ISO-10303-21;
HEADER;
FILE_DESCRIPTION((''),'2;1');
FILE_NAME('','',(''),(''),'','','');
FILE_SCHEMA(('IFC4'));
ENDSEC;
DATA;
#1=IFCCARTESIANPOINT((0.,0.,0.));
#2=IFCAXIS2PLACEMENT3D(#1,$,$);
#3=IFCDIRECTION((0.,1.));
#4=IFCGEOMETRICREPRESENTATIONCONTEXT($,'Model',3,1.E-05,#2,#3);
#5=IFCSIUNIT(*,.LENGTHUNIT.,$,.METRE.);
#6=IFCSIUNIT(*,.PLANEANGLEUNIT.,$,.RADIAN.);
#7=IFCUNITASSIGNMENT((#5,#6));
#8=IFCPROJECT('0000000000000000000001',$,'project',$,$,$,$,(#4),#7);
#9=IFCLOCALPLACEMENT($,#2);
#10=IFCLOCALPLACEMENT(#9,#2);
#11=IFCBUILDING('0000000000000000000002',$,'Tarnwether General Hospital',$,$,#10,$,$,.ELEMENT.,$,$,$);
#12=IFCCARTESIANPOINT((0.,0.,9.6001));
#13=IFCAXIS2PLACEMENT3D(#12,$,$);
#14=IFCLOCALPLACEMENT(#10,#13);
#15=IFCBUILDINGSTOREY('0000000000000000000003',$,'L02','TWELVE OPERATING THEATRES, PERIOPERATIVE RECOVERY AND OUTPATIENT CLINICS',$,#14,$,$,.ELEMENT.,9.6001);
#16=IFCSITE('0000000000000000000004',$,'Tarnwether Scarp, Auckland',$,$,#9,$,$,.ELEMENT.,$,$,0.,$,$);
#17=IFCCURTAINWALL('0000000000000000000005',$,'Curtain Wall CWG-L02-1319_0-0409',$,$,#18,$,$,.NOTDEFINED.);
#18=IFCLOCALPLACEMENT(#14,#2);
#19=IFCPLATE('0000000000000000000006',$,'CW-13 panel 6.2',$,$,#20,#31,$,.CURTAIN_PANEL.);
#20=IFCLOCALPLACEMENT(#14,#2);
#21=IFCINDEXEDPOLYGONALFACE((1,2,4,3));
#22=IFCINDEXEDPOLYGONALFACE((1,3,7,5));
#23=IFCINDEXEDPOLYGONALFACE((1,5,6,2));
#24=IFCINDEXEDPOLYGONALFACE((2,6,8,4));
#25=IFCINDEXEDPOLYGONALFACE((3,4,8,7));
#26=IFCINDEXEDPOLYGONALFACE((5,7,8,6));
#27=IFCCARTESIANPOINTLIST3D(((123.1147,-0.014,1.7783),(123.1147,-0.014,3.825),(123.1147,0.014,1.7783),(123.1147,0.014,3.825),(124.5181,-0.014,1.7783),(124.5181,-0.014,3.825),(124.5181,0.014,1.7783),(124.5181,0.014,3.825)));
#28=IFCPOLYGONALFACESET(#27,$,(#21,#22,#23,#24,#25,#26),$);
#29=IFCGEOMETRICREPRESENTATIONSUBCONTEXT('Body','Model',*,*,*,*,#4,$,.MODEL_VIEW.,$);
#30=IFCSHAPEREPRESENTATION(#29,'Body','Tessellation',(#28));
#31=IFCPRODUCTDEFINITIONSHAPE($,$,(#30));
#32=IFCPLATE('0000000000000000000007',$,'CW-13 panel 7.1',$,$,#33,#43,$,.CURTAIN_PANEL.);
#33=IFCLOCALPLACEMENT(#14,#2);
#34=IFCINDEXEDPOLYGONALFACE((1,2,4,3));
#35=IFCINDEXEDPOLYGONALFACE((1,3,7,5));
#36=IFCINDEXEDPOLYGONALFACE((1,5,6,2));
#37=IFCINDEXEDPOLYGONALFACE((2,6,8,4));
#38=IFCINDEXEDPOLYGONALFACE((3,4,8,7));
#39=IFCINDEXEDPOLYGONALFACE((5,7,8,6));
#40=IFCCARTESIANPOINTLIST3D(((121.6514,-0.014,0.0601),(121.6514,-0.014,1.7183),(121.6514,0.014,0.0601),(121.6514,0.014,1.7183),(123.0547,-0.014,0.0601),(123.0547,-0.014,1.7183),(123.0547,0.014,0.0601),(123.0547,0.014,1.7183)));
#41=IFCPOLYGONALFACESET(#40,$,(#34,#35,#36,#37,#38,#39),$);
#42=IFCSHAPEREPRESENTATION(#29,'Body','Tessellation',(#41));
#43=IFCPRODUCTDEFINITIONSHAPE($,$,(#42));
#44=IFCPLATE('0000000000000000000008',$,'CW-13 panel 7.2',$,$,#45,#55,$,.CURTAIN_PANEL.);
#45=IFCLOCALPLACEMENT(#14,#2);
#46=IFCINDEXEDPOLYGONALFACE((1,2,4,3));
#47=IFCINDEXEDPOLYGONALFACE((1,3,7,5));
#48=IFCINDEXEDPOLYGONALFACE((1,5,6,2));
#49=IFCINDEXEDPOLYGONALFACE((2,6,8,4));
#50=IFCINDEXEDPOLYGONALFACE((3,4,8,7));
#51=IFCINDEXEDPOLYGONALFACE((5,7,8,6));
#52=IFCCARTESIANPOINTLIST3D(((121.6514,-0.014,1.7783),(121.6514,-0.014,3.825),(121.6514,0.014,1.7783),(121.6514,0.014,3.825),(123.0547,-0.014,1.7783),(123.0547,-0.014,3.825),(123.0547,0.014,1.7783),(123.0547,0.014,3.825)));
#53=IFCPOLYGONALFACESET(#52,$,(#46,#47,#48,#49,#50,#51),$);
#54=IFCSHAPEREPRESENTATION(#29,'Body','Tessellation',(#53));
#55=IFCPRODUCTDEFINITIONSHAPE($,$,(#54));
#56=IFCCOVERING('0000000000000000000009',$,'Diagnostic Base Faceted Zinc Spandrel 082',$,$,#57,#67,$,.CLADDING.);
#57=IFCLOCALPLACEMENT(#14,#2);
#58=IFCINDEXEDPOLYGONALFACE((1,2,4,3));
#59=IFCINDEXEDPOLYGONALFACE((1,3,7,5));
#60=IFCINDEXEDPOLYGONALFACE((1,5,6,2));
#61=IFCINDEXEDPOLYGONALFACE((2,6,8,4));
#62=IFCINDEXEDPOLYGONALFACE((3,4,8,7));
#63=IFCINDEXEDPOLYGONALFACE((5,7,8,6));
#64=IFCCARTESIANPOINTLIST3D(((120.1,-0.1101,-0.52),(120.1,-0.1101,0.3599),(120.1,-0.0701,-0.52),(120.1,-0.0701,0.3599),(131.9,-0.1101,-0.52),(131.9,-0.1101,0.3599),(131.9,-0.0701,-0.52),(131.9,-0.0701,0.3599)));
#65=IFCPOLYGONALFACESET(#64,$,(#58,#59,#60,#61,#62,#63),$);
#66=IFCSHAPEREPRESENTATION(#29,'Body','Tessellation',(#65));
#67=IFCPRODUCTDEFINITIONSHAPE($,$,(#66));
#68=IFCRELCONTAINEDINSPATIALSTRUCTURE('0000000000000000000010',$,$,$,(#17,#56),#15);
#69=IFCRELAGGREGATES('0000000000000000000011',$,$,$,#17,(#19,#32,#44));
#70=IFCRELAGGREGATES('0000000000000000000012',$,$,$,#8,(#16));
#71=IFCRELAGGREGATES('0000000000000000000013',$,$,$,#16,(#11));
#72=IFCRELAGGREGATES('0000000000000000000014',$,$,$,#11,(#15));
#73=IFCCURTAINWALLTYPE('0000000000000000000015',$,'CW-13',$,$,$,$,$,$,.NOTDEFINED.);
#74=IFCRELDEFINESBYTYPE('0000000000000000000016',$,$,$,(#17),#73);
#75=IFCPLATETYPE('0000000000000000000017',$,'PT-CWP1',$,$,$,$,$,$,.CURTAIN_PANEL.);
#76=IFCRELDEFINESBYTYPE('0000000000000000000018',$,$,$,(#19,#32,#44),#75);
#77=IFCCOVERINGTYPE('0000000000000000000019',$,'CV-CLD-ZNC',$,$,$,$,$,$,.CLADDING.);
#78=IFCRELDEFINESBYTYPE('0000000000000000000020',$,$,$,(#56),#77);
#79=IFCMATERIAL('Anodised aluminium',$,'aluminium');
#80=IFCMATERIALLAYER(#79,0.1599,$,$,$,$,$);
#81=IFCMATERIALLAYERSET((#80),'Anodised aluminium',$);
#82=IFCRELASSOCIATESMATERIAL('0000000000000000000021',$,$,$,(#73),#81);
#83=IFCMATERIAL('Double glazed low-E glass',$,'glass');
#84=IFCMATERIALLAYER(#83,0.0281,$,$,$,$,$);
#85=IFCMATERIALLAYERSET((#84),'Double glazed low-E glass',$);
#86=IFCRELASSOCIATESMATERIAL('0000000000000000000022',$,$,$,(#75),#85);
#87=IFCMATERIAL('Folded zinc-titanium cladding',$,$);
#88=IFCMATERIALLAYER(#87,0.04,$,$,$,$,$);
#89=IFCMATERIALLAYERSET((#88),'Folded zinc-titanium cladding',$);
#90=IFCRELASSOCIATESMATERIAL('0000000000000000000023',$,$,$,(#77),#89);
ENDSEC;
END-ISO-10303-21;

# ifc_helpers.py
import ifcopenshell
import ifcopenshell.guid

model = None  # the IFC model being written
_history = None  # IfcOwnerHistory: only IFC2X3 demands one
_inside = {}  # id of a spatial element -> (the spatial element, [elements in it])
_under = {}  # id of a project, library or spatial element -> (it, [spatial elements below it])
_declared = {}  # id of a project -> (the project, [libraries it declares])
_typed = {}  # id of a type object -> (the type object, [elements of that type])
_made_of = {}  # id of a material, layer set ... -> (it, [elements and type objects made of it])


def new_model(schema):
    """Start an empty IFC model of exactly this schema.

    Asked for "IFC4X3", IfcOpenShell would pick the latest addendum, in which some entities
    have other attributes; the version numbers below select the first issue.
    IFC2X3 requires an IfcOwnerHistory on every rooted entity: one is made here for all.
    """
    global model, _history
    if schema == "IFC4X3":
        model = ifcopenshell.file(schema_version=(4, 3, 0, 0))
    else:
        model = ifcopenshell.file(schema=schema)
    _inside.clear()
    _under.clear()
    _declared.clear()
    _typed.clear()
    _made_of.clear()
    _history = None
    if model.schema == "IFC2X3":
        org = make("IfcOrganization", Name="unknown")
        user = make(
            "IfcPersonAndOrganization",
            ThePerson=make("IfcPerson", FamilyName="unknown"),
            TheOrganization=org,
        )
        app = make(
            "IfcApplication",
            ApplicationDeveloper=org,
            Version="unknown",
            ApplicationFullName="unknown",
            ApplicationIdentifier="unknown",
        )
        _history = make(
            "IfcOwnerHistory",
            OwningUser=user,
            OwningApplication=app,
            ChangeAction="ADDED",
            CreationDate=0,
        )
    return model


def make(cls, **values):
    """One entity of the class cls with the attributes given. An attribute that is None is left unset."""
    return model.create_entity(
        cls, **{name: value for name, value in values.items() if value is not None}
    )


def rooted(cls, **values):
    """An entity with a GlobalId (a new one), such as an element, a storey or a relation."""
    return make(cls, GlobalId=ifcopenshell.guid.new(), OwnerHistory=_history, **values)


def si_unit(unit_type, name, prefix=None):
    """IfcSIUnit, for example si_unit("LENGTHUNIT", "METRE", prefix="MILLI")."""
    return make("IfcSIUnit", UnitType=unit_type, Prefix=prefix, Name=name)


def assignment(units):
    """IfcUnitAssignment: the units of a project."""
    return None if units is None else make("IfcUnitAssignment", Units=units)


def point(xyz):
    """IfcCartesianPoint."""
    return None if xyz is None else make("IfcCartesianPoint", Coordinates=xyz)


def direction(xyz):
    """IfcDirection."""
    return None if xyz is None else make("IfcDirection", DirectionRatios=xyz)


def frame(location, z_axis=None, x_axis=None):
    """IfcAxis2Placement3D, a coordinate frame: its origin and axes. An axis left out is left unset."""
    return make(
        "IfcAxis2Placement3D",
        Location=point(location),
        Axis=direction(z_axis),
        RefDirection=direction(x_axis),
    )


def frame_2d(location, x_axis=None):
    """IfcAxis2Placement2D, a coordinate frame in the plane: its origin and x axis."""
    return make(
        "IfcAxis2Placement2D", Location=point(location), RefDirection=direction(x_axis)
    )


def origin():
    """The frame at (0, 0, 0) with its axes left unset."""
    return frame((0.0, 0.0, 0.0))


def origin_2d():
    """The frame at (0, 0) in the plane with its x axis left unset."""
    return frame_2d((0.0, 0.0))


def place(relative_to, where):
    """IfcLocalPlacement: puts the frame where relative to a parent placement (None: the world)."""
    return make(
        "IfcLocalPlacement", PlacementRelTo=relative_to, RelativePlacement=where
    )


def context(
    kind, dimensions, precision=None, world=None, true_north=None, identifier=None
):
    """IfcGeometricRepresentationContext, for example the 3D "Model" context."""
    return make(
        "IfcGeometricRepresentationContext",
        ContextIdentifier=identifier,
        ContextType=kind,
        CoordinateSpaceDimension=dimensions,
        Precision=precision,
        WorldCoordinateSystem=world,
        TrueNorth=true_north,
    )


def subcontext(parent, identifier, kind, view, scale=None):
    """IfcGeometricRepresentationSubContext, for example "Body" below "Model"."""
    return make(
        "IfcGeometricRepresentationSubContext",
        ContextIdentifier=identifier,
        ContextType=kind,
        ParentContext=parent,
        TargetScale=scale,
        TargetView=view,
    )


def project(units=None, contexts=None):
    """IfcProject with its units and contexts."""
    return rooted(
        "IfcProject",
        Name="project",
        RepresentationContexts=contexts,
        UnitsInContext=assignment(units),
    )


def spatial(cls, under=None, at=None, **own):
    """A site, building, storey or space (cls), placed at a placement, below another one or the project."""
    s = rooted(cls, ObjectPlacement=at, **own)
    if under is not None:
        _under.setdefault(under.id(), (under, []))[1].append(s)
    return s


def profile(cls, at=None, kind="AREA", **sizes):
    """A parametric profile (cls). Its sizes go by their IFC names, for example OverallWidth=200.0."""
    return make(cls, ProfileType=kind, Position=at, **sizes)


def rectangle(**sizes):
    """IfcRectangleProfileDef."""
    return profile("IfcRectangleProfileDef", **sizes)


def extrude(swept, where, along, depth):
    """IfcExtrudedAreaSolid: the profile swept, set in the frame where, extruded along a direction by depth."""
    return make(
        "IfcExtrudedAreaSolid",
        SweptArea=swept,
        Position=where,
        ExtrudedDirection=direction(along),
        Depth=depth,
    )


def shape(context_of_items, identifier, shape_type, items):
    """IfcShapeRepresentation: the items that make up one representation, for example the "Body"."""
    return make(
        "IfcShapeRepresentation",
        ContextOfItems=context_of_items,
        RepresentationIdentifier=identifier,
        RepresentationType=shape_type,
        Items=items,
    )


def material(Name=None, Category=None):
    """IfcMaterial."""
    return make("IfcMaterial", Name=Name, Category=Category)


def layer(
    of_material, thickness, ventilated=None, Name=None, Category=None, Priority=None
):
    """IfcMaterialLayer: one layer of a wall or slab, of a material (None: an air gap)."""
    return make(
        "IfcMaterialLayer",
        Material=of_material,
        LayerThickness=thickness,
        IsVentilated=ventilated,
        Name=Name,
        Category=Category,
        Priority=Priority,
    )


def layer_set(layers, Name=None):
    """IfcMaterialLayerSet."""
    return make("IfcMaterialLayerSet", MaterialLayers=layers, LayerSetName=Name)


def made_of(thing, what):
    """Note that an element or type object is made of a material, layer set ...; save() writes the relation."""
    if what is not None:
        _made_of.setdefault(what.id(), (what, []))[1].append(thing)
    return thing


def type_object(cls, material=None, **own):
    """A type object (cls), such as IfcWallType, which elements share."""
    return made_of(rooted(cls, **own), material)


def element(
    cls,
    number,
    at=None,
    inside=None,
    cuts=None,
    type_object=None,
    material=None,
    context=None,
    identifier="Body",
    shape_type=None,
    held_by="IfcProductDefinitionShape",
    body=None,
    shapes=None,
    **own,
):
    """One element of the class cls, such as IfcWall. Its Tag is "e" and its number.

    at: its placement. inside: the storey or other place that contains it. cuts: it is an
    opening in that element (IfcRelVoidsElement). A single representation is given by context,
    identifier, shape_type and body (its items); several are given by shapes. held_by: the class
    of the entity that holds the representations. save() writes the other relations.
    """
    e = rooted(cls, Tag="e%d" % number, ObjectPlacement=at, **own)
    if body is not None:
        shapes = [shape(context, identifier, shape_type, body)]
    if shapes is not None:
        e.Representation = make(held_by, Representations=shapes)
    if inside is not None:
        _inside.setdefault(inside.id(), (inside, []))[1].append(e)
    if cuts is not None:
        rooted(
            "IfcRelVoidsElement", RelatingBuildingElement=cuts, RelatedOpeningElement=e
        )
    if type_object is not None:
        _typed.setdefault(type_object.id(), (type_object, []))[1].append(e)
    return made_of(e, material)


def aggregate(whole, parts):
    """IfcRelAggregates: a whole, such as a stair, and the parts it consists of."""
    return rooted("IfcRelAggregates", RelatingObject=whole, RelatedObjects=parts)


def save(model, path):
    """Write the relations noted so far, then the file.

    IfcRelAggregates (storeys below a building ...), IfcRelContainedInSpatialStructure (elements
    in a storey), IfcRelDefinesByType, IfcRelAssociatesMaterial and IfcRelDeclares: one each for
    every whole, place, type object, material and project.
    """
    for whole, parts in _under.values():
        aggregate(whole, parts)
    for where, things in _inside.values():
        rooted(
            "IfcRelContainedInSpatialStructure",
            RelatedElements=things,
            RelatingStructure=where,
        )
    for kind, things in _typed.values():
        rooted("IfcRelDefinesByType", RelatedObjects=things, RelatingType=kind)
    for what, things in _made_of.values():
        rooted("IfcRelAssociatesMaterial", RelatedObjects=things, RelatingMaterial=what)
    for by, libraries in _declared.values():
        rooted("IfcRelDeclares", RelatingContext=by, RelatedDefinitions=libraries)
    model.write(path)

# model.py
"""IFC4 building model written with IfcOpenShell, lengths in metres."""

from ifc_helpers import new_model, si_unit, direction, frame, origin, origin_2d, place, context, subcontext, project, spatial, rectangle, extrude, material, layer, layer_set, type_object, element, aggregate, save


model = new_model("IFC4")

# Units and contexts
model_context = context("Model", 3, precision=1e-05, world=origin(), true_north=direction((0.0, 1.0)))
body_context = subcontext(model_context, "Body", "Model", "MODEL_VIEW")
ifc_project = project(units=[si_unit("LENGTHUNIT", "METRE"), si_unit("PLANEANGLEUNIT", "RADIAN")], contexts=[model_context])

# Site, building, storey
site_placement = place(None, origin())
site = spatial("IfcSite", under=ifc_project, at=site_placement, Name="Tarnwether Scarp, Auckland", CompositionType="ELEMENT", RefElevation=0.0)
building_placement = place(site_placement, origin())
building = spatial("IfcBuilding", under=site, at=building_placement, Name="Tarnwether General Hospital", CompositionType="ELEMENT")
storey_placement = place(building_placement, frame((0.0, 0.0, 9.6001)))
storey = spatial("IfcBuildingStorey", under=building, at=storey_placement, Name="L02", Description="TWELVE OPERATING THEATRES, PERIOPERATIVE RECOVERY AND OUTPATIENT CLINICS", CompositionType="ELEMENT", Elevation=9.6001)

# Curtain wall, plates
ifc_material_1 = material(Name="Anodised aluminium", Category="aluminium")
ifc_layer_1 = layer(ifc_material_1, 0.1599)
ifc_layer_set_1 = layer_set([ifc_layer_1], Name="Anodised aluminium")
curtain_wall_type = type_object("IfcCurtainWallType", Name="CW-13", PredefinedType="NOTDEFINED", material=ifc_layer_set_1)
curtain_wall_placement = place(storey_placement, origin())
curtain_wall = element("IfcCurtainWall", 1, at=curtain_wall_placement, inside=storey, type_object=curtain_wall_type, Name="Curtain Wall CWG-L02-1319_0-0409", PredefinedType="NOTDEFINED")
ifc_material_2 = material(Name="Double glazed low-E glass", Category="glass")
ifc_layer_2 = layer(ifc_material_2, 0.0281)
ifc_layer_set_2 = layer_set([ifc_layer_2], Name="Double glazed low-E glass")
plate_type = type_object("IfcPlateType", Name="PT-CWP1", PredefinedType="CURTAIN_PANEL", material=ifc_layer_set_2)
plate_1_placement = place(storey_placement, frame((123.8164, 0.0, 1.7783), z_axis=(0.0, 0.0, 1.0), x_axis=(-1.0, 0.0, 0.0)))
plate_1 = element("IfcPlate", 2, at=plate_1_placement, type_object=plate_type, Name="CW-13 panel 6.2", PredefinedType="CURTAIN_PANEL", context=body_context, shape_type="SweptSolid", body=[
    extrude(rectangle(XDim=1.4033, YDim=0.0281, at=origin_2d()), origin(), (0.0, 0.0, 1.0), 2.0466),
])
plate_2_placement = place(storey_placement, frame((122.353, 0.0, 0.0601), z_axis=(0.0, 0.0, 1.0), x_axis=(-1.0, 0.0, 0.0)))
plate_2 = element("IfcPlate", 3, at=plate_2_placement, type_object=plate_type, Name="CW-13 panel 7.1", PredefinedType="CURTAIN_PANEL", context=body_context, shape_type="SweptSolid", body=[
    extrude(rectangle(XDim=1.4033, YDim=0.0281, at=origin_2d()), origin(), (0.0, 0.0, 1.0), 1.6582),
])
plate_3_placement = place(storey_placement, frame((122.353, 0.0, 1.7783), z_axis=(0.0, 0.0, 1.0), x_axis=(-1.0, 0.0, 0.0)))
plate_3 = element("IfcPlate", 4, at=plate_3_placement, type_object=plate_type, Name="CW-13 panel 7.2", PredefinedType="CURTAIN_PANEL", context=body_context, shape_type="SweptSolid", body=[
    extrude(rectangle(XDim=1.4033, YDim=0.0281, at=origin_2d()), origin(), (0.0, 0.0, 1.0), 2.0466),
])
aggregate(curtain_wall, [plate_1, plate_2, plate_3])

# Covering
ifc_material_3 = material(Name="Folded zinc-titanium cladding")
ifc_layer_3 = layer(ifc_material_3, 0.04)
ifc_layer_set_3 = layer_set([ifc_layer_3], Name="Folded zinc-titanium cladding")
covering_type = type_object("IfcCoveringType", Name="CV-CLD-ZNC", PredefinedType="CLADDING", material=ifc_layer_set_3)
covering_placement = place(storey_placement, frame((126.0, -0.0901, -0.52), z_axis=(0.0, 0.0, 1.0), x_axis=(1.0, 0.0, 0.0)))
element("IfcCovering", 5, at=covering_placement, inside=storey, type_object=covering_type, Name="Diagnostic Base Faceted Zinc Spandrel 082", PredefinedType="CLADDING", context=body_context, shape_type="SweptSolid", body=[
    extrude(rectangle(XDim=11.8, YDim=0.04, at=origin_2d()), origin(), (0.0, 0.0, 1.0), 0.8799),
])

save(model, "model.ifc")
